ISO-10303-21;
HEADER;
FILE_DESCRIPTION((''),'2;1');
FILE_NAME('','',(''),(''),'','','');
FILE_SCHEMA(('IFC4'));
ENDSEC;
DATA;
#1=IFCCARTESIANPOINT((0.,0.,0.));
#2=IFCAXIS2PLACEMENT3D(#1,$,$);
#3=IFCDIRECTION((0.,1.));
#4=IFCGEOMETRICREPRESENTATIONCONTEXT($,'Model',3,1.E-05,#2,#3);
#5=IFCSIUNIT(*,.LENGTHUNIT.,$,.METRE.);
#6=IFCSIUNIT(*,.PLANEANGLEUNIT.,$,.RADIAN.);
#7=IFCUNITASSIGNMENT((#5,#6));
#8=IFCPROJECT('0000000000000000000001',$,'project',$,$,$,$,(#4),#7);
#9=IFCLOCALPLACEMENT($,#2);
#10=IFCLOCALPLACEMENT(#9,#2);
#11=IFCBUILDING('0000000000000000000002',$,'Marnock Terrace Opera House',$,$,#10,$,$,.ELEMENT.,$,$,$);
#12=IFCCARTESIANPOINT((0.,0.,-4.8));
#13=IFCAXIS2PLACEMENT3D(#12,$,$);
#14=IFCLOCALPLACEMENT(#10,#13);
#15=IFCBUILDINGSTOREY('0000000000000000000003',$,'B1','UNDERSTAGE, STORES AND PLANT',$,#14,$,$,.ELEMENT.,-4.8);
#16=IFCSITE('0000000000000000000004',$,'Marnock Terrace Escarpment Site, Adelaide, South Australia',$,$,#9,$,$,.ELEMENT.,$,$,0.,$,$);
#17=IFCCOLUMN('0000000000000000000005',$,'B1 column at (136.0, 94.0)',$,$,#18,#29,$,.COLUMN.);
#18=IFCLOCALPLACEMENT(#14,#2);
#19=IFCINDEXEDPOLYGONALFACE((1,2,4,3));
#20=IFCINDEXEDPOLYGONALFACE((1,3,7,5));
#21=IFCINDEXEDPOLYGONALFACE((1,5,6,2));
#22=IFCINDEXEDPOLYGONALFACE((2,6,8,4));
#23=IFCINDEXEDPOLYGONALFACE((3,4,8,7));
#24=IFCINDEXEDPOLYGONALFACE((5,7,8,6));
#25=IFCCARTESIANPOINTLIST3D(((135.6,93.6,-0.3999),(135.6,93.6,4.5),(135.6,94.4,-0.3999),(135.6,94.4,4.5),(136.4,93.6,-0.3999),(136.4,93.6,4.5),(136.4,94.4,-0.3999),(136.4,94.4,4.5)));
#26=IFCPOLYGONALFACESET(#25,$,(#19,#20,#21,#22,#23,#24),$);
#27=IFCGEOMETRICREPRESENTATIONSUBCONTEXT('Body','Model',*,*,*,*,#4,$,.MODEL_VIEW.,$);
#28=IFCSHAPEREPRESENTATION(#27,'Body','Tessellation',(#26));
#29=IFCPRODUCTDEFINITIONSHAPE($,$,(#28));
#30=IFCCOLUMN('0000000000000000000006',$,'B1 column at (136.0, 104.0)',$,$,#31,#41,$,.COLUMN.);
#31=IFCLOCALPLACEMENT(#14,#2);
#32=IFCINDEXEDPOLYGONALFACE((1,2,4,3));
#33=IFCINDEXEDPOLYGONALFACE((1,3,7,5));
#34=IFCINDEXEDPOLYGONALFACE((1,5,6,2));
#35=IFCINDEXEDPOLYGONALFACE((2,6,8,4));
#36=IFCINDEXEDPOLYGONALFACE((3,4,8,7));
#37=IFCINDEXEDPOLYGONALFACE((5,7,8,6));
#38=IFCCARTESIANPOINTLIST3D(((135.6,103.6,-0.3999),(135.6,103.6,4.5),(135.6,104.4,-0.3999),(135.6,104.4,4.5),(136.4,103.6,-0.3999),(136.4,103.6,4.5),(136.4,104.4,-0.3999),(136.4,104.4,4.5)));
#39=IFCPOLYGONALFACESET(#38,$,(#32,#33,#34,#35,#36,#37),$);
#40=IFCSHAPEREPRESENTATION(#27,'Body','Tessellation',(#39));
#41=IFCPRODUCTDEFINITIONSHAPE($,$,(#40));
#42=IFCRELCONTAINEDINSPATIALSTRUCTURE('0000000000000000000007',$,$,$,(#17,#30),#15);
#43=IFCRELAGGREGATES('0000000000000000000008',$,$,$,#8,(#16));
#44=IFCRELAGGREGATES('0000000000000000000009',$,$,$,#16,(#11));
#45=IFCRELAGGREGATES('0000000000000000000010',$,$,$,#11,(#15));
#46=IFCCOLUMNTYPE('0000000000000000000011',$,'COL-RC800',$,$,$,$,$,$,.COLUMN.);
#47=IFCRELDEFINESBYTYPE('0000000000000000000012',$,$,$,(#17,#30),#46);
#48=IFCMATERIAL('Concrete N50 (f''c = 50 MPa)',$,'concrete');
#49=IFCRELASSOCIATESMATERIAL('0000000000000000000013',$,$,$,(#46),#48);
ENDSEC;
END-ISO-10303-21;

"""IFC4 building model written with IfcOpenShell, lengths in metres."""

from ifc_helpers import new_model, si_unit, direction, frame, origin, origin_2d, place, context, subcontext, project, spatial, rectangle, extrude, material, material_profile, profile_set, type_object, element, save


model = new_model("IFC4")

# Units and contexts
model_context = context("Model", 3, precision=1e-05, world=origin(), true_north=direction((0.0, 1.0)))
body_context = subcontext(model_context, "Body", "Model", "MODEL_VIEW")
ifc_project = project(units=[si_unit("LENGTHUNIT", "METRE"), si_unit("PLANEANGLEUNIT", "RADIAN")], contexts=[model_context])

# Site, building, storey
site_placement = place(None, origin())
site = spatial("IfcSite", under=ifc_project, at=site_placement, Name="Marnock Terrace Escarpment Site, Adelaide, South Australia", CompositionType="ELEMENT", RefElevation=0.0)
building_placement = place(site_placement, origin())
building = spatial("IfcBuilding", under=site, at=building_placement, Name="Marnock Terrace Opera House", CompositionType="ELEMENT")
storey_placement = place(building_placement, frame((0.0, 0.0, -4.8)))
storey = spatial("IfcBuildingStorey", under=building, at=storey_placement, Name="B1", Description="UNDERSTAGE, STORES AND PLANT", CompositionType="ELEMENT", Elevation=-4.8)

# Columns
ifc_material_1 = material(Name="Concrete N50 (f'c = 50 MPa)", Category="concrete")
ifc_material_profile_1 = material_profile(ifc_material_1, rectangle(XDim=0.8, YDim=0.8, at=origin_2d()))
ifc_profile_set_1 = profile_set([ifc_material_profile_1], Name="Concrete N50 (f'c = 50 MPa)")
column_type = type_object("IfcColumnType", Name="COL-RC800", PredefinedType="COLUMN", material=ifc_profile_set_1)
for number, where, z_axis, x_axis, name in (
    (1, (136.0, 94.0, -0.3999), (0.0, 0.0, 1.0), (1.0, 0.0, 0.0), "B1 column at (136.0, 94.0)"),
    (2, (136.0, 104.0, -0.3999), (0.0, 0.0, 1.0), (1.0, 0.0, 0.0), "B1 column at (136.0, 104.0)"),
):
    element("IfcColumn", number, at=place(storey_placement, frame(where, z_axis=z_axis, x_axis=x_axis)), inside=storey, type_object=column_type, Name=name, PredefinedType="COLUMN", context=body_context, shape_type="SweptSolid", body=[
        extrude(rectangle(XDim=0.8, YDim=0.8, at=origin_2d()), origin(), (0.0, 0.0, 1.0), 4.8999),
    ])

save(model, "model.ifc")
